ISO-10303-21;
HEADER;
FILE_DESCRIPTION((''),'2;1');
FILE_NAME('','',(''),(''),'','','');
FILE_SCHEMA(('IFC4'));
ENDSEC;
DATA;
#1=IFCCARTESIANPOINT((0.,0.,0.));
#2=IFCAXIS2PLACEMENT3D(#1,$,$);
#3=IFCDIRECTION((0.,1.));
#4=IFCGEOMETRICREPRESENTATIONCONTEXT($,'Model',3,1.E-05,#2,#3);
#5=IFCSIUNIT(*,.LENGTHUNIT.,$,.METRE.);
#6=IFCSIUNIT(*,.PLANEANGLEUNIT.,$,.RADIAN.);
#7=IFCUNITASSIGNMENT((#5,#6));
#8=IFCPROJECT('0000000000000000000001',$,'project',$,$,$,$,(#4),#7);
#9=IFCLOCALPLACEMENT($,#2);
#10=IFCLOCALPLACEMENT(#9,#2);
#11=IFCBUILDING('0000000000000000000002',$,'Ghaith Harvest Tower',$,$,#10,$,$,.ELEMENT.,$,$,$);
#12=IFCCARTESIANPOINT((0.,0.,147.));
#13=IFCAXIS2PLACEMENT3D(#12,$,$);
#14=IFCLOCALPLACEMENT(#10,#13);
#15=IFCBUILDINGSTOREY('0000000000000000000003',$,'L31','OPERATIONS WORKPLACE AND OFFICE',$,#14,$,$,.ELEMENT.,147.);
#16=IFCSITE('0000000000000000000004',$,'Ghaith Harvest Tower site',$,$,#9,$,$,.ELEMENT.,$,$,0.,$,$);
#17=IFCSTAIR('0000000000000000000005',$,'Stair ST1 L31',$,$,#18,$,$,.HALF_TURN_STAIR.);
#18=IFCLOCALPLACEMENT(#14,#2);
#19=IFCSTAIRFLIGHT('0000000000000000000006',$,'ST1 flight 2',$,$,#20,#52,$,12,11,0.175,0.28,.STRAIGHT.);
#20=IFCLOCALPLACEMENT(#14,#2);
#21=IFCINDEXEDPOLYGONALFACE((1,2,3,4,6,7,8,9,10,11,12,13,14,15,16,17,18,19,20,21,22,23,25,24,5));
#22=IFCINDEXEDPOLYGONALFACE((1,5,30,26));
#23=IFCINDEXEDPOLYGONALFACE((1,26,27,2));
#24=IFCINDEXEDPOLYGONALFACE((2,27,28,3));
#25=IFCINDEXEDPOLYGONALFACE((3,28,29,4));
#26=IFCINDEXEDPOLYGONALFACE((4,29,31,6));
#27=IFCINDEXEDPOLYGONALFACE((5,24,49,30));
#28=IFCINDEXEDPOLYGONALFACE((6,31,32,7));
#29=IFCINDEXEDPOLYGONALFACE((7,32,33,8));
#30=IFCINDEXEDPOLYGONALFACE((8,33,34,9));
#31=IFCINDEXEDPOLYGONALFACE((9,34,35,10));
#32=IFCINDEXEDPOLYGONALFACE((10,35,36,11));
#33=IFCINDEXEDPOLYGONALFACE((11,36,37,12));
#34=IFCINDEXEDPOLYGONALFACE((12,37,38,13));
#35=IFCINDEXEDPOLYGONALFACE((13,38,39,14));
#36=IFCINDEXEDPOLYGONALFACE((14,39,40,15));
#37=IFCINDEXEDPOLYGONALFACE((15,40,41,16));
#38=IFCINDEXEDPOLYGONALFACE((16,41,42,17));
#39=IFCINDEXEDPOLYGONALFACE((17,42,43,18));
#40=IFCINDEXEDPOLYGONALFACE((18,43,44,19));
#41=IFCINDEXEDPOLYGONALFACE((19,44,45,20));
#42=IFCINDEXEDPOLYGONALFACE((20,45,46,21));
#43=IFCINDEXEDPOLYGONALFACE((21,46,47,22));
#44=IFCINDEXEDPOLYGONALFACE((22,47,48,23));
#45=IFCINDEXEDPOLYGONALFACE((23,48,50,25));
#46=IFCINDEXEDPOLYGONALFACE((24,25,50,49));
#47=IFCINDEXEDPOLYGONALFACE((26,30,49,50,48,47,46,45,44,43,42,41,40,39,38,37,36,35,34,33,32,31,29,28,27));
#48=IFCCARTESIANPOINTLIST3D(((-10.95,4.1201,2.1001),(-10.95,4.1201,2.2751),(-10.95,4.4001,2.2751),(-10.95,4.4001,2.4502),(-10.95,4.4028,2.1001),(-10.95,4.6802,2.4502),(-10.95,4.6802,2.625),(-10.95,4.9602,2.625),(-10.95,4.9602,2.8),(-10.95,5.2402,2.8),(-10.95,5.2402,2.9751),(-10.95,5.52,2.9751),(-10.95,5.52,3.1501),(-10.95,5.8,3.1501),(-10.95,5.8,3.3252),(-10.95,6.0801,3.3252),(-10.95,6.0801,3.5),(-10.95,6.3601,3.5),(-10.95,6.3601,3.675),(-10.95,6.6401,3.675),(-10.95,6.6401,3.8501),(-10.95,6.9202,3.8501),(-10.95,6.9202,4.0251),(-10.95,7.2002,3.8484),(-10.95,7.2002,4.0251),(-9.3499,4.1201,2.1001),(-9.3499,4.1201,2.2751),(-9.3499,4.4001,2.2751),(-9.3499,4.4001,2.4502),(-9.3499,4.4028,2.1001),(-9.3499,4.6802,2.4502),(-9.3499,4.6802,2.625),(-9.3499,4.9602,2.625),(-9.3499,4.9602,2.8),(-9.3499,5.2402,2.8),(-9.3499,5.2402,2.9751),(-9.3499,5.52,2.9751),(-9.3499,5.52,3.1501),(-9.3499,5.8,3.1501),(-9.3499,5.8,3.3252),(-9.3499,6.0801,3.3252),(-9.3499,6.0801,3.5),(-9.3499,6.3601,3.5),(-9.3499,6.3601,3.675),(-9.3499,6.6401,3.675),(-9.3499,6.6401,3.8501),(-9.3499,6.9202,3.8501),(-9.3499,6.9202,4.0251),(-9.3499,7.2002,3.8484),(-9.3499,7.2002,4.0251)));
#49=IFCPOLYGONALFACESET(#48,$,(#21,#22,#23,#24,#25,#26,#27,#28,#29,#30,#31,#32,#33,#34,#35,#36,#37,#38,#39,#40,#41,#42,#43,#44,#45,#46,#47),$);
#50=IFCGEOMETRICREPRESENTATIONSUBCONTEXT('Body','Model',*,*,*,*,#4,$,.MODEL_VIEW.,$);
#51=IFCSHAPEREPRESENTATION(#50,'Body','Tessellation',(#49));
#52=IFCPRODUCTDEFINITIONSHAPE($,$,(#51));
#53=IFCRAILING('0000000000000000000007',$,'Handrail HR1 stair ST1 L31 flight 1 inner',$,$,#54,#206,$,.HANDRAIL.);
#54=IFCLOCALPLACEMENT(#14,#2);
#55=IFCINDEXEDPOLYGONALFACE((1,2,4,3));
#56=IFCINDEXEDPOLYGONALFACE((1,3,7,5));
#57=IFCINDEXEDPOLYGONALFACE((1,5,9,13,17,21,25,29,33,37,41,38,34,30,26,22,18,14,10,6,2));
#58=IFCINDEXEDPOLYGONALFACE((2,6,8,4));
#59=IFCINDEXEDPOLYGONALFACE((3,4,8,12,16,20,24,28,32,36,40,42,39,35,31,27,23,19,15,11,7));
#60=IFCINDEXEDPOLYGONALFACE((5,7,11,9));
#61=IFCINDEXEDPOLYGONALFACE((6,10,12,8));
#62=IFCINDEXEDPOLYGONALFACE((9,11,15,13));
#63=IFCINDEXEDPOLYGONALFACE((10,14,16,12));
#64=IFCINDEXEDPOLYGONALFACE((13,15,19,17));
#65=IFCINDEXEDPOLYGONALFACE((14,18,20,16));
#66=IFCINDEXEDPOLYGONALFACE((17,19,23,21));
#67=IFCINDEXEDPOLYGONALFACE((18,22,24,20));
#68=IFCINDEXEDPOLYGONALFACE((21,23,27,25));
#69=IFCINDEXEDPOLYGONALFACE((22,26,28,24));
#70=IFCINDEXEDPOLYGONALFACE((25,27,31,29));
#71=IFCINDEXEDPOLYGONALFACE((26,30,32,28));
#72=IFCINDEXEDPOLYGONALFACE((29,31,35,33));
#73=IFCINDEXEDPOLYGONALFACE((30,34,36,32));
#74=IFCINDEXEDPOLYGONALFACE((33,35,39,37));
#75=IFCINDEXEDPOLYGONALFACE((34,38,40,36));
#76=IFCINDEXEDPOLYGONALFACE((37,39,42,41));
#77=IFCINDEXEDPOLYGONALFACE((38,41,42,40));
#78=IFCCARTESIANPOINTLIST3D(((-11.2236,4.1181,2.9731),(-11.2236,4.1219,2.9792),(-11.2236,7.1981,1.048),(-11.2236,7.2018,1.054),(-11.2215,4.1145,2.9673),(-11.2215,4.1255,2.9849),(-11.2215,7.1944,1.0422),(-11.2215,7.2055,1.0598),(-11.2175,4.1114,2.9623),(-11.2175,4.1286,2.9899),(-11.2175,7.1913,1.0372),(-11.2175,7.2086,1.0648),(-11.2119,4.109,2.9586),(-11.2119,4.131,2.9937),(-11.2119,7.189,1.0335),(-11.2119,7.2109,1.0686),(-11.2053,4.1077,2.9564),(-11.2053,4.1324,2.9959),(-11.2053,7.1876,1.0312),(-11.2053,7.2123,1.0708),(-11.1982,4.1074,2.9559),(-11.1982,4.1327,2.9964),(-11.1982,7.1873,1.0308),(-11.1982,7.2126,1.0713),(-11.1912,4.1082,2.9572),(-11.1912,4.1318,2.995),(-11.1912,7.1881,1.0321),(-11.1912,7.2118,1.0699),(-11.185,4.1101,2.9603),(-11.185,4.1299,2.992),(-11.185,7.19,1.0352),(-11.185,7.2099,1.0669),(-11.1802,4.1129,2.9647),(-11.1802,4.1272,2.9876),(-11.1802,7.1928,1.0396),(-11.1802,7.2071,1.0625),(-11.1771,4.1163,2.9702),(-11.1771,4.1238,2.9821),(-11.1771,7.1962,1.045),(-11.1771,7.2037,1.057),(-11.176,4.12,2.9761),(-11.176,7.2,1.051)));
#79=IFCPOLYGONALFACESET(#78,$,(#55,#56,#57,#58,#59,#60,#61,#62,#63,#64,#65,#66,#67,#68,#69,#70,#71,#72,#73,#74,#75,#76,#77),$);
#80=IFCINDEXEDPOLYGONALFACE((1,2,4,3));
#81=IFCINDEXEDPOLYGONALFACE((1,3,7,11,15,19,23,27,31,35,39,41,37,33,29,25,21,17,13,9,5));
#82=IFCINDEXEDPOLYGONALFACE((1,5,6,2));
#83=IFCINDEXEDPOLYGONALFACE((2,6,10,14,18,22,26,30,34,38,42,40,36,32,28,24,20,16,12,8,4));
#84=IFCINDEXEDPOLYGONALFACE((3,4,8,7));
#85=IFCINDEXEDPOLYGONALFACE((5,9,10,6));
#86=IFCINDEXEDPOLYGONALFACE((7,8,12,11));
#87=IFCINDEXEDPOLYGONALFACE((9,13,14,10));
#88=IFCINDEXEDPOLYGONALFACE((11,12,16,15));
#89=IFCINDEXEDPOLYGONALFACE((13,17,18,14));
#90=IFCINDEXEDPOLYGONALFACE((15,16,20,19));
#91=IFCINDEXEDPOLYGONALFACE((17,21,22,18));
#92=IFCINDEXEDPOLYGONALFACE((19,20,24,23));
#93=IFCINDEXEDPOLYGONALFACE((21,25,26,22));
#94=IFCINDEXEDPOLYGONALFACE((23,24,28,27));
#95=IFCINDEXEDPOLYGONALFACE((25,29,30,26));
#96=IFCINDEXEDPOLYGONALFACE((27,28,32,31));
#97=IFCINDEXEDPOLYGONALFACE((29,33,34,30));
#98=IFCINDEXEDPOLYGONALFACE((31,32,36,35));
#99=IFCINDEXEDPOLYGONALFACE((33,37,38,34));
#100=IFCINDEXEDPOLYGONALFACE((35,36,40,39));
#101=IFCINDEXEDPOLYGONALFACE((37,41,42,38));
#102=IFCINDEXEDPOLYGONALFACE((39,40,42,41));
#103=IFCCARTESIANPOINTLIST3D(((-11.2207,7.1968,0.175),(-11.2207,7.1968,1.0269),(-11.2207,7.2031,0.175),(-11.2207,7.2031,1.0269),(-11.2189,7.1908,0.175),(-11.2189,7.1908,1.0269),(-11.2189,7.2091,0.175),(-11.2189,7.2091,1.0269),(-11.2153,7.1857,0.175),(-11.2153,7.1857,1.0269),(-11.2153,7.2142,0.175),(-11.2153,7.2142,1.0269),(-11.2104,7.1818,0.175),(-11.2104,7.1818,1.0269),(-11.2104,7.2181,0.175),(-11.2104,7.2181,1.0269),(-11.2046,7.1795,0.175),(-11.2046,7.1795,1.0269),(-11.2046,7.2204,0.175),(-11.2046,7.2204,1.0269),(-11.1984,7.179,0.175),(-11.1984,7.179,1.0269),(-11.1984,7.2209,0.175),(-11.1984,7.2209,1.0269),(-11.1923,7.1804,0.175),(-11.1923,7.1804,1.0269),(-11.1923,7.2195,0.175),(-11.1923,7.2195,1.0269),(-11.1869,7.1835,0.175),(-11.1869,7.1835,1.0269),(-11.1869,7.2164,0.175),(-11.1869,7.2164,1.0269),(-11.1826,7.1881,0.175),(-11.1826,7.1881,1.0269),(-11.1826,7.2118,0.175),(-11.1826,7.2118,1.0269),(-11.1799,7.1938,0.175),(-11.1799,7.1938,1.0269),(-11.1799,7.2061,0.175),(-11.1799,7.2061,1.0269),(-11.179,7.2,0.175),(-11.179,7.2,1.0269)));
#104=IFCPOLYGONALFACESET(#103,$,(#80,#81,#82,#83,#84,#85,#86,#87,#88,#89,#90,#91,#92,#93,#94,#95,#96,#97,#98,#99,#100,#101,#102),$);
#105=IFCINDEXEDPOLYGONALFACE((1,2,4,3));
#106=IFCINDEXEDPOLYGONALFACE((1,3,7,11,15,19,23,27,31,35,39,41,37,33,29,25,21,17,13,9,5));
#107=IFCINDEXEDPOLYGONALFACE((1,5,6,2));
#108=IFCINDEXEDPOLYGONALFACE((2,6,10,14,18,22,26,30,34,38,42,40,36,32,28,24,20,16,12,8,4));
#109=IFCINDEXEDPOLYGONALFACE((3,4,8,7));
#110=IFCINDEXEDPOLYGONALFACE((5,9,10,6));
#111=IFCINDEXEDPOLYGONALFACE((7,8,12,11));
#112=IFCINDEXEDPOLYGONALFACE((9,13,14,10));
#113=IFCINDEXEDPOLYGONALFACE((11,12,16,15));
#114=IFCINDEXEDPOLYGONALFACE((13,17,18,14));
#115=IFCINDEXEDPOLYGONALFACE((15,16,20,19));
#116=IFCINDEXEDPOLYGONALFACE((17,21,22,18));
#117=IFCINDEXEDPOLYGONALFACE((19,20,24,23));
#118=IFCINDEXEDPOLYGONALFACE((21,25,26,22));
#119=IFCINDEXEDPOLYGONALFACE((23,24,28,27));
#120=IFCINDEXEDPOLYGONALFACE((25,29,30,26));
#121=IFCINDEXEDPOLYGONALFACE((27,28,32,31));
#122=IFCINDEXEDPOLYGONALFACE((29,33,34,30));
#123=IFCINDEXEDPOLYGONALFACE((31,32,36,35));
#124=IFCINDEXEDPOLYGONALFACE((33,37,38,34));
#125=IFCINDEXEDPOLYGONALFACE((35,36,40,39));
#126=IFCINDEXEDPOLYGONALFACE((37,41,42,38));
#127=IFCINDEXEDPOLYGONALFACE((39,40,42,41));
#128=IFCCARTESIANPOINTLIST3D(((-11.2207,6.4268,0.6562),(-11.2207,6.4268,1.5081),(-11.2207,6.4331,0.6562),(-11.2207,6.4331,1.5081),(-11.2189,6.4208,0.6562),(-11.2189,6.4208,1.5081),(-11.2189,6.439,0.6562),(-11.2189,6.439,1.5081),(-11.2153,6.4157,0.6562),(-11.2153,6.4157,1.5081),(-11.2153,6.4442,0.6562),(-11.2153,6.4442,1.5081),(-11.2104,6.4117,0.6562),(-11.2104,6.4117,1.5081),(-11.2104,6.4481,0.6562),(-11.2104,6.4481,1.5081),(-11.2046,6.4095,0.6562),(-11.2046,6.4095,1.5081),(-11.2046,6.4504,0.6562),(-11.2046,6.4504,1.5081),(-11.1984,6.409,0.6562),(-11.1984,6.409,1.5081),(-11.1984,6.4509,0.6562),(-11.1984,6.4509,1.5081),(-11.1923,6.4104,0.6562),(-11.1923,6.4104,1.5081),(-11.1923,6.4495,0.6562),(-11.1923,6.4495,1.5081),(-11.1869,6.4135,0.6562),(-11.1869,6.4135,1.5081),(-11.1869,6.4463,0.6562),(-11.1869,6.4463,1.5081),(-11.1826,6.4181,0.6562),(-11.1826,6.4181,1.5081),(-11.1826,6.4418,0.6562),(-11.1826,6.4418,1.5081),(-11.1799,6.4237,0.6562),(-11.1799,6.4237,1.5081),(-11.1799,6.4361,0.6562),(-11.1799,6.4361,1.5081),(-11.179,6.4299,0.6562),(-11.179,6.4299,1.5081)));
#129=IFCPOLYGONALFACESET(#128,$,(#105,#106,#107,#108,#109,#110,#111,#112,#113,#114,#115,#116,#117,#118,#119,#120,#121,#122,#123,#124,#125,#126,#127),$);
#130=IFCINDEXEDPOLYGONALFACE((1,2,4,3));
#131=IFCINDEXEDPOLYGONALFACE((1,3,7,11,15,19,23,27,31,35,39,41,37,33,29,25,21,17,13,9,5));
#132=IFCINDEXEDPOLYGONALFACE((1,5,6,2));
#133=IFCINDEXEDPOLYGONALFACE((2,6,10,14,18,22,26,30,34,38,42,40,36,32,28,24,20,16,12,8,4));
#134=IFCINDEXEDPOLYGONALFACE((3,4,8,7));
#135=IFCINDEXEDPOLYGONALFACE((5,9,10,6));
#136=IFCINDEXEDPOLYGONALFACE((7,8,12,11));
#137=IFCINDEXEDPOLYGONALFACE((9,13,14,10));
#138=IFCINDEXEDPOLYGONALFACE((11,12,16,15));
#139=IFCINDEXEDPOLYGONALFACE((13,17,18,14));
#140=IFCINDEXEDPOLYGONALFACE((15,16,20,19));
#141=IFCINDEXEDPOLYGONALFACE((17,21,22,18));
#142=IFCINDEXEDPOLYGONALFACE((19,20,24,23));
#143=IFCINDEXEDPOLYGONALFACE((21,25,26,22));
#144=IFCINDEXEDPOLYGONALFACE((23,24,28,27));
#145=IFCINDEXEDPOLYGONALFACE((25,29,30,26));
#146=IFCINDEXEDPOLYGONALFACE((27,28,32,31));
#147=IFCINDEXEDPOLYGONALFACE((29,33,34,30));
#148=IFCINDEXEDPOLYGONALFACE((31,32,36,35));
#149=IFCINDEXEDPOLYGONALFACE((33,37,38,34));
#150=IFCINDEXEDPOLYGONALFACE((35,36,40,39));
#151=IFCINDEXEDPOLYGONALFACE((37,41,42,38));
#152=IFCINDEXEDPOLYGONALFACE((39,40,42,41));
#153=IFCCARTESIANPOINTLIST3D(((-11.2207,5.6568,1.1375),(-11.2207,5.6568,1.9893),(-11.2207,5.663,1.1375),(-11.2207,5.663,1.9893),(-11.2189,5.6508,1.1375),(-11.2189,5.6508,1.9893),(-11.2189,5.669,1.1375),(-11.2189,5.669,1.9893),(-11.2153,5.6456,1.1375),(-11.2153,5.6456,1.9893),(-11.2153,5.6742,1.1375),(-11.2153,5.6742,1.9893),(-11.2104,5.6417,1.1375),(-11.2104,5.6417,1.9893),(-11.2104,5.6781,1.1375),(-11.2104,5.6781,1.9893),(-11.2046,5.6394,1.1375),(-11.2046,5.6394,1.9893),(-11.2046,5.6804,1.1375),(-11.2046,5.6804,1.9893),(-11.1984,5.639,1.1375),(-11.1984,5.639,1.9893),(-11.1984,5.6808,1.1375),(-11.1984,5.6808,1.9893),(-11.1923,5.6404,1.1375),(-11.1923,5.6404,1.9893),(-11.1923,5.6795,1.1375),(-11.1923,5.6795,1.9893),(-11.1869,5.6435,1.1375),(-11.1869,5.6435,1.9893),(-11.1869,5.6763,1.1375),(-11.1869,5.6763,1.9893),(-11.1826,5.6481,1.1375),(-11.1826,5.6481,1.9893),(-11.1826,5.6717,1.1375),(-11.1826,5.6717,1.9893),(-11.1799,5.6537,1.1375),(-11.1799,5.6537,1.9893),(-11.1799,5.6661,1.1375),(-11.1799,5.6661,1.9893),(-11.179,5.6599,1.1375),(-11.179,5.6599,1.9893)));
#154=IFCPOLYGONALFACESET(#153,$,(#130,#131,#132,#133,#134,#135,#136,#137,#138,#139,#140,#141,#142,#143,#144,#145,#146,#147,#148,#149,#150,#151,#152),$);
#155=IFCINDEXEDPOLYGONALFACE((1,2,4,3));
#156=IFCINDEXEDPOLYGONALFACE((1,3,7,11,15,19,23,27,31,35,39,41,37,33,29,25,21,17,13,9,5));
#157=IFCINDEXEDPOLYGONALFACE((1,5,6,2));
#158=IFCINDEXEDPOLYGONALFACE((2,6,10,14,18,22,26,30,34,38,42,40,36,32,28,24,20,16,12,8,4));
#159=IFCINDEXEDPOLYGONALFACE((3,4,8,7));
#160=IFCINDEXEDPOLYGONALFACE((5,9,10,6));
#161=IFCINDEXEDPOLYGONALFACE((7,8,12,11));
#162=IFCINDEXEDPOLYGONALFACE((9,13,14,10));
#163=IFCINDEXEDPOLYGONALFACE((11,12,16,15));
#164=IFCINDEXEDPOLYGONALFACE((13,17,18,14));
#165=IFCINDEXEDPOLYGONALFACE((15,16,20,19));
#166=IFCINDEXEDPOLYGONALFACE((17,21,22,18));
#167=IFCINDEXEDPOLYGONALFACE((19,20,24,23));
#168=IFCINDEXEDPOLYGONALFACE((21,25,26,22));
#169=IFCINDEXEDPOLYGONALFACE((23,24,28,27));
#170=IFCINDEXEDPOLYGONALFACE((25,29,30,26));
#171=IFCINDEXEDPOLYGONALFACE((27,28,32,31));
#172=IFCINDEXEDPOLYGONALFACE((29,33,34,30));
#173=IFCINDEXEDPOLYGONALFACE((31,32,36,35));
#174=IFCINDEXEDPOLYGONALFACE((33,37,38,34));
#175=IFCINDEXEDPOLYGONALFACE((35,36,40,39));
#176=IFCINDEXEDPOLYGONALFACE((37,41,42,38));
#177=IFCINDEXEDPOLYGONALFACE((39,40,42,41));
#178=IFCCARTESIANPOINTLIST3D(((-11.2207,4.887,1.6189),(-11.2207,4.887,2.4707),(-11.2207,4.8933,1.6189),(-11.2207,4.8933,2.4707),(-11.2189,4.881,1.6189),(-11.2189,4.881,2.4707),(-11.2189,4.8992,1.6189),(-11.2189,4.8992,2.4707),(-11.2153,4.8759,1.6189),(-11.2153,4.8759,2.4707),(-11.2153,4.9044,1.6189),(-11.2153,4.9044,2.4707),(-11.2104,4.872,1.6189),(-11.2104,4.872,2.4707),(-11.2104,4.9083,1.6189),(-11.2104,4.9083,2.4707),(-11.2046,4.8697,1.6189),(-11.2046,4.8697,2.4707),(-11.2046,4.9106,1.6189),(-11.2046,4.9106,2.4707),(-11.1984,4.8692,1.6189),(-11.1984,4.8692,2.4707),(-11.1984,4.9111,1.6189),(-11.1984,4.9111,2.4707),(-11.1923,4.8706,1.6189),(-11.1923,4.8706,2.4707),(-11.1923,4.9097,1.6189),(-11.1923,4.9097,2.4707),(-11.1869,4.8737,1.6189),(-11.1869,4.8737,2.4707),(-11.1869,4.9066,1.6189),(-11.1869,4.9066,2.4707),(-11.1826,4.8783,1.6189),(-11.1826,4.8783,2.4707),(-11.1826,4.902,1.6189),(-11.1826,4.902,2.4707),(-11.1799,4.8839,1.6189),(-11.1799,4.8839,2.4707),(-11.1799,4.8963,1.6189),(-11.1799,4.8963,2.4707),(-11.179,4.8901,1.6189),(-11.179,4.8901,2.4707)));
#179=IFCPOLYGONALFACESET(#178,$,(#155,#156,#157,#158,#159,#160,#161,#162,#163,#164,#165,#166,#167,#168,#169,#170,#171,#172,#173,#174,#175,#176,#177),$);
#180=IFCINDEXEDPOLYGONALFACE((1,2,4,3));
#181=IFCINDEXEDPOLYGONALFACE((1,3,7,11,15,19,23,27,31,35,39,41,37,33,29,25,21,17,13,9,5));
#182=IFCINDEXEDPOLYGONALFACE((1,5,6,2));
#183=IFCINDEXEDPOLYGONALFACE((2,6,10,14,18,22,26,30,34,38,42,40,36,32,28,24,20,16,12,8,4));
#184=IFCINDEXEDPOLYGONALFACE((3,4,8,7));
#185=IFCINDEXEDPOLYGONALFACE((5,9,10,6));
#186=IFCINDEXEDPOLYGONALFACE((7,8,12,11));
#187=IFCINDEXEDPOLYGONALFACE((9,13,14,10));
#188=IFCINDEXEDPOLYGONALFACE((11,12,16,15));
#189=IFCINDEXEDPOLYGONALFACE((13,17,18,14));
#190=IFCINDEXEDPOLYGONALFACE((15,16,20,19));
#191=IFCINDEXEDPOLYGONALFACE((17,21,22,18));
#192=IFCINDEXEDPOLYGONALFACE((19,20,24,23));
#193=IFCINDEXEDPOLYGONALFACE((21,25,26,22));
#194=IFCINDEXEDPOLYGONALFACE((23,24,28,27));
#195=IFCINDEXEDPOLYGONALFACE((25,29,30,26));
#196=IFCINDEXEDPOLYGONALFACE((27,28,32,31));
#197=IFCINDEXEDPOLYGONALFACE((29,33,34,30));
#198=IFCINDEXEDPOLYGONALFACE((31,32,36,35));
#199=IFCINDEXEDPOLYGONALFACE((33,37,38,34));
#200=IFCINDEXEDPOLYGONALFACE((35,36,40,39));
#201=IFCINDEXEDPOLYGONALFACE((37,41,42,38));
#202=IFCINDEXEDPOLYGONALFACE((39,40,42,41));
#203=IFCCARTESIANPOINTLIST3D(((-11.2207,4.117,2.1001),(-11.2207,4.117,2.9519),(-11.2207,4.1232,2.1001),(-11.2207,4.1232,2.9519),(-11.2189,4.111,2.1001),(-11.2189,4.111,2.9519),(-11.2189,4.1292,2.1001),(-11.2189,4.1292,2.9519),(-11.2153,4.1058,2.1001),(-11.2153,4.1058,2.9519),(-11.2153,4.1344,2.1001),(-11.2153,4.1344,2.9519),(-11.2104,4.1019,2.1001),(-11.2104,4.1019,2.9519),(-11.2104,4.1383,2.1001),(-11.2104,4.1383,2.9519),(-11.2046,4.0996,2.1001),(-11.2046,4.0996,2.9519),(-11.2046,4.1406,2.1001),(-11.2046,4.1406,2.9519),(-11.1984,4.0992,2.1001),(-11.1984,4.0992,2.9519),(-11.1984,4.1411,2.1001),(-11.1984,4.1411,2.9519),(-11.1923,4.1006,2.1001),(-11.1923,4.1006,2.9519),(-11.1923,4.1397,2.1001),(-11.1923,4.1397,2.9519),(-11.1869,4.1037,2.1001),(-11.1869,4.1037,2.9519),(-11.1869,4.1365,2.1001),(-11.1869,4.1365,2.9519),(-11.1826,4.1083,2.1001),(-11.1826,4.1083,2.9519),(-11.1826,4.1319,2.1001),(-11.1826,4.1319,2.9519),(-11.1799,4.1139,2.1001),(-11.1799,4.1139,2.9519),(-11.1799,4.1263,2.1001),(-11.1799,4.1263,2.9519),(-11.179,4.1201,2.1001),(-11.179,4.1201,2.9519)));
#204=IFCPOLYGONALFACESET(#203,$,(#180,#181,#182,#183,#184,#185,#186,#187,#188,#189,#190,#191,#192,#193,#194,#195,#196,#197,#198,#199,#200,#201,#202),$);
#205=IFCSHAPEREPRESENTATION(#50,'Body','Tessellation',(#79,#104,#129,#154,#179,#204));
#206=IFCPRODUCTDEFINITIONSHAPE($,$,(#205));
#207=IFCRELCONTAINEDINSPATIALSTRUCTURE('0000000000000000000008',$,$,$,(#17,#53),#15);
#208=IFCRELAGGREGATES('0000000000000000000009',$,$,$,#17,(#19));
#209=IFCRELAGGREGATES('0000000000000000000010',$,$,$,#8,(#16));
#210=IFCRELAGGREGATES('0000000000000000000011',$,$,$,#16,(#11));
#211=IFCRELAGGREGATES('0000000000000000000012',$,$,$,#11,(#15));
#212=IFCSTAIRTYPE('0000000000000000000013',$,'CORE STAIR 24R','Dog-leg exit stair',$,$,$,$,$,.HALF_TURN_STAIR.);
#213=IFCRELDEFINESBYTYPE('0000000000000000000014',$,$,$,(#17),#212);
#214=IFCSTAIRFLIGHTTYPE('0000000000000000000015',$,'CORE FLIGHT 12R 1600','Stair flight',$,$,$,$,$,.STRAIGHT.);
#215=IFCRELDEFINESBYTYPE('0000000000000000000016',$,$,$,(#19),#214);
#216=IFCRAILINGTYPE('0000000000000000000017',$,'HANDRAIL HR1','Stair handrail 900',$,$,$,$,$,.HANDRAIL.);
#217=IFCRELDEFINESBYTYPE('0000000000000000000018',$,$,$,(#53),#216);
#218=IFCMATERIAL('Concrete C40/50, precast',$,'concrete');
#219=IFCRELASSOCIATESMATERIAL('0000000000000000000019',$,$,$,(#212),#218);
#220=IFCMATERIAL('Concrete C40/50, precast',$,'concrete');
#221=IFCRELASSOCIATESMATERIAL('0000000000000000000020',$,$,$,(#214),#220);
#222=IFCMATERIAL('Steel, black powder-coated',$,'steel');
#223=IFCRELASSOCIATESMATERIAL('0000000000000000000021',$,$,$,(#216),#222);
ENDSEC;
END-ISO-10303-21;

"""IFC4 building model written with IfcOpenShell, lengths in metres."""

from ifc_helpers import new_model, si_unit, direction, frame, origin, origin_2d, place, context, subcontext, project, spatial, polyline, circle, outline, extrude, material, type_object, element, aggregate, save


model = new_model("IFC4")

# Units and contexts
model_context = context("Model", 3, precision=1e-05, world=origin(), true_north=direction((0.0, 1.0)))
body_context = subcontext(model_context, "Body", "Model", "MODEL_VIEW")
ifc_project = project(units=[si_unit("LENGTHUNIT", "METRE"), si_unit("PLANEANGLEUNIT", "RADIAN")], contexts=[model_context])

# Site, building, storey
site_placement = place(None, origin())
site = spatial("IfcSite", under=ifc_project, at=site_placement, Name="Ghaith Harvest Tower site", CompositionType="ELEMENT", RefElevation=0.0)
building_placement = place(site_placement, origin())
building = spatial("IfcBuilding", under=site, at=building_placement, Name="Ghaith Harvest Tower", CompositionType="ELEMENT")
storey_placement = place(building_placement, frame((0.0, 0.0, 147.0)))
storey = spatial("IfcBuildingStorey", under=building, at=storey_placement, Name="L31", Description="OPERATIONS WORKPLACE AND OFFICE", CompositionType="ELEMENT", Elevation=147.0)

# Stair, stair flight
ifc_material_1 = material(Name="Concrete C40/50, precast", Category="concrete")
stair_type = type_object("IfcStairType", Name="CORE STAIR 24R", Description="Dog-leg exit stair", PredefinedType="HALF_TURN_STAIR", material=ifc_material_1)
stair_placement = place(storey_placement, origin())
stair = element("IfcStair", 1, at=stair_placement, inside=storey, type_object=stair_type, Name="Stair ST1 L31", PredefinedType="HALF_TURN_STAIR")
ifc_material_2 = material(Name="Concrete C40/50, precast", Category="concrete")
stair_flight_type = type_object("IfcStairFlightType", Name="CORE FLIGHT 12R 1600", Description="Stair flight", PredefinedType="STRAIGHT", material=ifc_material_2)
stair_flight_placement = place(storey_placement, frame((-10.1499, 4.1201, 2.1001), z_axis=(0.0, 0.0, 1.0), x_axis=(0.0, 1.0, 0.0)))
stair_flight = element("IfcStairFlight", 2, at=stair_flight_placement, type_object=stair_flight_type, Name="ST1 flight 2", NumberOfRisers=12, NumberOfTreads=11, PredefinedType="STRAIGHT", RiserHeight=0.175, TreadLength=0.28, context=body_context, shape_type="SweptSolid", body=[
    extrude(outline(polyline([(0.0, 0.0), (0.0, 0.175), (0.28, 0.175), (0.28, 0.3501), (0.5601, 0.3501), (0.5601, 0.5249), (0.8401, 0.5249), (0.8401, 0.7), (1.1201, 0.7), (1.1201, 0.875), (1.3999, 0.875), (1.3999, 1.05), (1.6799, 1.05), (1.6799, 1.2251), (1.96, 1.2251), (1.96, 1.3999), (2.24, 1.3999), (2.24, 1.575), (2.52, 1.575), (2.52, 1.75), (2.8, 1.75), (2.8, 1.925), (3.0801, 1.925), (3.0801, 2.1001), (3.0801, 1.7483), (0.2827, 0.0), (0.0, 0.0)])), frame((0.0, 0.8, 0.0), z_axis=(0.0, -1.0, 0.0), x_axis=(1.0, 0.0, 0.0)), (0.0, 0.0, 1.0), 1.6001),
])
aggregate(stair, [stair_flight])

# Railing
ifc_material_3 = material(Name="Steel, black powder-coated", Category="steel")
railing_type = type_object("IfcRailingType", Name="HANDRAIL HR1", Description="Stair handrail 900", PredefinedType="HANDRAIL", material=ifc_material_3)
railing_1_placement = place(storey_placement, frame((-11.2, 7.2, 0.175)))
element("IfcRailing", 3, at=railing_1_placement, inside=storey, type_object=railing_type, Name="Handrail HR1 stair ST1 L31 flight 1 inner", PredefinedType="HANDRAIL", context=body_context, shape_type="SweptSolid", body=[
    extrude(circle(Radius=0.0239, at=origin_2d()), frame((0.0, 0.0, 0.876), z_axis=(0.0, -0.847979, 0.530029), x_axis=(1.0, 0.0, 0.0)), (0.0, 0.0, 1.0), 3.6321),
    extrude(circle(Radius=0.021, at=origin_2d()), origin(), (0.0, 0.0, 1.0), 0.8518),
    extrude(circle(Radius=0.021, at=origin_2d()), frame((0.0, -0.77, 0.4812)), (0.0, 0.0, 1.0), 0.8518),
    extrude(circle(Radius=0.021, at=origin_2d()), frame((0.0, -1.54, 0.9624)), (0.0, 0.0, 1.0), 0.8518),
    extrude(circle(Radius=0.021, at=origin_2d()), frame((0.0, -2.3098, 1.4438)), (0.0, 0.0, 1.0), 0.8518),
    extrude(circle(Radius=0.021, at=origin_2d()), frame((0.0, -3.0798, 1.925)), (0.0, 0.0, 1.0), 0.8518),
])

save(model, "model.ifc")
